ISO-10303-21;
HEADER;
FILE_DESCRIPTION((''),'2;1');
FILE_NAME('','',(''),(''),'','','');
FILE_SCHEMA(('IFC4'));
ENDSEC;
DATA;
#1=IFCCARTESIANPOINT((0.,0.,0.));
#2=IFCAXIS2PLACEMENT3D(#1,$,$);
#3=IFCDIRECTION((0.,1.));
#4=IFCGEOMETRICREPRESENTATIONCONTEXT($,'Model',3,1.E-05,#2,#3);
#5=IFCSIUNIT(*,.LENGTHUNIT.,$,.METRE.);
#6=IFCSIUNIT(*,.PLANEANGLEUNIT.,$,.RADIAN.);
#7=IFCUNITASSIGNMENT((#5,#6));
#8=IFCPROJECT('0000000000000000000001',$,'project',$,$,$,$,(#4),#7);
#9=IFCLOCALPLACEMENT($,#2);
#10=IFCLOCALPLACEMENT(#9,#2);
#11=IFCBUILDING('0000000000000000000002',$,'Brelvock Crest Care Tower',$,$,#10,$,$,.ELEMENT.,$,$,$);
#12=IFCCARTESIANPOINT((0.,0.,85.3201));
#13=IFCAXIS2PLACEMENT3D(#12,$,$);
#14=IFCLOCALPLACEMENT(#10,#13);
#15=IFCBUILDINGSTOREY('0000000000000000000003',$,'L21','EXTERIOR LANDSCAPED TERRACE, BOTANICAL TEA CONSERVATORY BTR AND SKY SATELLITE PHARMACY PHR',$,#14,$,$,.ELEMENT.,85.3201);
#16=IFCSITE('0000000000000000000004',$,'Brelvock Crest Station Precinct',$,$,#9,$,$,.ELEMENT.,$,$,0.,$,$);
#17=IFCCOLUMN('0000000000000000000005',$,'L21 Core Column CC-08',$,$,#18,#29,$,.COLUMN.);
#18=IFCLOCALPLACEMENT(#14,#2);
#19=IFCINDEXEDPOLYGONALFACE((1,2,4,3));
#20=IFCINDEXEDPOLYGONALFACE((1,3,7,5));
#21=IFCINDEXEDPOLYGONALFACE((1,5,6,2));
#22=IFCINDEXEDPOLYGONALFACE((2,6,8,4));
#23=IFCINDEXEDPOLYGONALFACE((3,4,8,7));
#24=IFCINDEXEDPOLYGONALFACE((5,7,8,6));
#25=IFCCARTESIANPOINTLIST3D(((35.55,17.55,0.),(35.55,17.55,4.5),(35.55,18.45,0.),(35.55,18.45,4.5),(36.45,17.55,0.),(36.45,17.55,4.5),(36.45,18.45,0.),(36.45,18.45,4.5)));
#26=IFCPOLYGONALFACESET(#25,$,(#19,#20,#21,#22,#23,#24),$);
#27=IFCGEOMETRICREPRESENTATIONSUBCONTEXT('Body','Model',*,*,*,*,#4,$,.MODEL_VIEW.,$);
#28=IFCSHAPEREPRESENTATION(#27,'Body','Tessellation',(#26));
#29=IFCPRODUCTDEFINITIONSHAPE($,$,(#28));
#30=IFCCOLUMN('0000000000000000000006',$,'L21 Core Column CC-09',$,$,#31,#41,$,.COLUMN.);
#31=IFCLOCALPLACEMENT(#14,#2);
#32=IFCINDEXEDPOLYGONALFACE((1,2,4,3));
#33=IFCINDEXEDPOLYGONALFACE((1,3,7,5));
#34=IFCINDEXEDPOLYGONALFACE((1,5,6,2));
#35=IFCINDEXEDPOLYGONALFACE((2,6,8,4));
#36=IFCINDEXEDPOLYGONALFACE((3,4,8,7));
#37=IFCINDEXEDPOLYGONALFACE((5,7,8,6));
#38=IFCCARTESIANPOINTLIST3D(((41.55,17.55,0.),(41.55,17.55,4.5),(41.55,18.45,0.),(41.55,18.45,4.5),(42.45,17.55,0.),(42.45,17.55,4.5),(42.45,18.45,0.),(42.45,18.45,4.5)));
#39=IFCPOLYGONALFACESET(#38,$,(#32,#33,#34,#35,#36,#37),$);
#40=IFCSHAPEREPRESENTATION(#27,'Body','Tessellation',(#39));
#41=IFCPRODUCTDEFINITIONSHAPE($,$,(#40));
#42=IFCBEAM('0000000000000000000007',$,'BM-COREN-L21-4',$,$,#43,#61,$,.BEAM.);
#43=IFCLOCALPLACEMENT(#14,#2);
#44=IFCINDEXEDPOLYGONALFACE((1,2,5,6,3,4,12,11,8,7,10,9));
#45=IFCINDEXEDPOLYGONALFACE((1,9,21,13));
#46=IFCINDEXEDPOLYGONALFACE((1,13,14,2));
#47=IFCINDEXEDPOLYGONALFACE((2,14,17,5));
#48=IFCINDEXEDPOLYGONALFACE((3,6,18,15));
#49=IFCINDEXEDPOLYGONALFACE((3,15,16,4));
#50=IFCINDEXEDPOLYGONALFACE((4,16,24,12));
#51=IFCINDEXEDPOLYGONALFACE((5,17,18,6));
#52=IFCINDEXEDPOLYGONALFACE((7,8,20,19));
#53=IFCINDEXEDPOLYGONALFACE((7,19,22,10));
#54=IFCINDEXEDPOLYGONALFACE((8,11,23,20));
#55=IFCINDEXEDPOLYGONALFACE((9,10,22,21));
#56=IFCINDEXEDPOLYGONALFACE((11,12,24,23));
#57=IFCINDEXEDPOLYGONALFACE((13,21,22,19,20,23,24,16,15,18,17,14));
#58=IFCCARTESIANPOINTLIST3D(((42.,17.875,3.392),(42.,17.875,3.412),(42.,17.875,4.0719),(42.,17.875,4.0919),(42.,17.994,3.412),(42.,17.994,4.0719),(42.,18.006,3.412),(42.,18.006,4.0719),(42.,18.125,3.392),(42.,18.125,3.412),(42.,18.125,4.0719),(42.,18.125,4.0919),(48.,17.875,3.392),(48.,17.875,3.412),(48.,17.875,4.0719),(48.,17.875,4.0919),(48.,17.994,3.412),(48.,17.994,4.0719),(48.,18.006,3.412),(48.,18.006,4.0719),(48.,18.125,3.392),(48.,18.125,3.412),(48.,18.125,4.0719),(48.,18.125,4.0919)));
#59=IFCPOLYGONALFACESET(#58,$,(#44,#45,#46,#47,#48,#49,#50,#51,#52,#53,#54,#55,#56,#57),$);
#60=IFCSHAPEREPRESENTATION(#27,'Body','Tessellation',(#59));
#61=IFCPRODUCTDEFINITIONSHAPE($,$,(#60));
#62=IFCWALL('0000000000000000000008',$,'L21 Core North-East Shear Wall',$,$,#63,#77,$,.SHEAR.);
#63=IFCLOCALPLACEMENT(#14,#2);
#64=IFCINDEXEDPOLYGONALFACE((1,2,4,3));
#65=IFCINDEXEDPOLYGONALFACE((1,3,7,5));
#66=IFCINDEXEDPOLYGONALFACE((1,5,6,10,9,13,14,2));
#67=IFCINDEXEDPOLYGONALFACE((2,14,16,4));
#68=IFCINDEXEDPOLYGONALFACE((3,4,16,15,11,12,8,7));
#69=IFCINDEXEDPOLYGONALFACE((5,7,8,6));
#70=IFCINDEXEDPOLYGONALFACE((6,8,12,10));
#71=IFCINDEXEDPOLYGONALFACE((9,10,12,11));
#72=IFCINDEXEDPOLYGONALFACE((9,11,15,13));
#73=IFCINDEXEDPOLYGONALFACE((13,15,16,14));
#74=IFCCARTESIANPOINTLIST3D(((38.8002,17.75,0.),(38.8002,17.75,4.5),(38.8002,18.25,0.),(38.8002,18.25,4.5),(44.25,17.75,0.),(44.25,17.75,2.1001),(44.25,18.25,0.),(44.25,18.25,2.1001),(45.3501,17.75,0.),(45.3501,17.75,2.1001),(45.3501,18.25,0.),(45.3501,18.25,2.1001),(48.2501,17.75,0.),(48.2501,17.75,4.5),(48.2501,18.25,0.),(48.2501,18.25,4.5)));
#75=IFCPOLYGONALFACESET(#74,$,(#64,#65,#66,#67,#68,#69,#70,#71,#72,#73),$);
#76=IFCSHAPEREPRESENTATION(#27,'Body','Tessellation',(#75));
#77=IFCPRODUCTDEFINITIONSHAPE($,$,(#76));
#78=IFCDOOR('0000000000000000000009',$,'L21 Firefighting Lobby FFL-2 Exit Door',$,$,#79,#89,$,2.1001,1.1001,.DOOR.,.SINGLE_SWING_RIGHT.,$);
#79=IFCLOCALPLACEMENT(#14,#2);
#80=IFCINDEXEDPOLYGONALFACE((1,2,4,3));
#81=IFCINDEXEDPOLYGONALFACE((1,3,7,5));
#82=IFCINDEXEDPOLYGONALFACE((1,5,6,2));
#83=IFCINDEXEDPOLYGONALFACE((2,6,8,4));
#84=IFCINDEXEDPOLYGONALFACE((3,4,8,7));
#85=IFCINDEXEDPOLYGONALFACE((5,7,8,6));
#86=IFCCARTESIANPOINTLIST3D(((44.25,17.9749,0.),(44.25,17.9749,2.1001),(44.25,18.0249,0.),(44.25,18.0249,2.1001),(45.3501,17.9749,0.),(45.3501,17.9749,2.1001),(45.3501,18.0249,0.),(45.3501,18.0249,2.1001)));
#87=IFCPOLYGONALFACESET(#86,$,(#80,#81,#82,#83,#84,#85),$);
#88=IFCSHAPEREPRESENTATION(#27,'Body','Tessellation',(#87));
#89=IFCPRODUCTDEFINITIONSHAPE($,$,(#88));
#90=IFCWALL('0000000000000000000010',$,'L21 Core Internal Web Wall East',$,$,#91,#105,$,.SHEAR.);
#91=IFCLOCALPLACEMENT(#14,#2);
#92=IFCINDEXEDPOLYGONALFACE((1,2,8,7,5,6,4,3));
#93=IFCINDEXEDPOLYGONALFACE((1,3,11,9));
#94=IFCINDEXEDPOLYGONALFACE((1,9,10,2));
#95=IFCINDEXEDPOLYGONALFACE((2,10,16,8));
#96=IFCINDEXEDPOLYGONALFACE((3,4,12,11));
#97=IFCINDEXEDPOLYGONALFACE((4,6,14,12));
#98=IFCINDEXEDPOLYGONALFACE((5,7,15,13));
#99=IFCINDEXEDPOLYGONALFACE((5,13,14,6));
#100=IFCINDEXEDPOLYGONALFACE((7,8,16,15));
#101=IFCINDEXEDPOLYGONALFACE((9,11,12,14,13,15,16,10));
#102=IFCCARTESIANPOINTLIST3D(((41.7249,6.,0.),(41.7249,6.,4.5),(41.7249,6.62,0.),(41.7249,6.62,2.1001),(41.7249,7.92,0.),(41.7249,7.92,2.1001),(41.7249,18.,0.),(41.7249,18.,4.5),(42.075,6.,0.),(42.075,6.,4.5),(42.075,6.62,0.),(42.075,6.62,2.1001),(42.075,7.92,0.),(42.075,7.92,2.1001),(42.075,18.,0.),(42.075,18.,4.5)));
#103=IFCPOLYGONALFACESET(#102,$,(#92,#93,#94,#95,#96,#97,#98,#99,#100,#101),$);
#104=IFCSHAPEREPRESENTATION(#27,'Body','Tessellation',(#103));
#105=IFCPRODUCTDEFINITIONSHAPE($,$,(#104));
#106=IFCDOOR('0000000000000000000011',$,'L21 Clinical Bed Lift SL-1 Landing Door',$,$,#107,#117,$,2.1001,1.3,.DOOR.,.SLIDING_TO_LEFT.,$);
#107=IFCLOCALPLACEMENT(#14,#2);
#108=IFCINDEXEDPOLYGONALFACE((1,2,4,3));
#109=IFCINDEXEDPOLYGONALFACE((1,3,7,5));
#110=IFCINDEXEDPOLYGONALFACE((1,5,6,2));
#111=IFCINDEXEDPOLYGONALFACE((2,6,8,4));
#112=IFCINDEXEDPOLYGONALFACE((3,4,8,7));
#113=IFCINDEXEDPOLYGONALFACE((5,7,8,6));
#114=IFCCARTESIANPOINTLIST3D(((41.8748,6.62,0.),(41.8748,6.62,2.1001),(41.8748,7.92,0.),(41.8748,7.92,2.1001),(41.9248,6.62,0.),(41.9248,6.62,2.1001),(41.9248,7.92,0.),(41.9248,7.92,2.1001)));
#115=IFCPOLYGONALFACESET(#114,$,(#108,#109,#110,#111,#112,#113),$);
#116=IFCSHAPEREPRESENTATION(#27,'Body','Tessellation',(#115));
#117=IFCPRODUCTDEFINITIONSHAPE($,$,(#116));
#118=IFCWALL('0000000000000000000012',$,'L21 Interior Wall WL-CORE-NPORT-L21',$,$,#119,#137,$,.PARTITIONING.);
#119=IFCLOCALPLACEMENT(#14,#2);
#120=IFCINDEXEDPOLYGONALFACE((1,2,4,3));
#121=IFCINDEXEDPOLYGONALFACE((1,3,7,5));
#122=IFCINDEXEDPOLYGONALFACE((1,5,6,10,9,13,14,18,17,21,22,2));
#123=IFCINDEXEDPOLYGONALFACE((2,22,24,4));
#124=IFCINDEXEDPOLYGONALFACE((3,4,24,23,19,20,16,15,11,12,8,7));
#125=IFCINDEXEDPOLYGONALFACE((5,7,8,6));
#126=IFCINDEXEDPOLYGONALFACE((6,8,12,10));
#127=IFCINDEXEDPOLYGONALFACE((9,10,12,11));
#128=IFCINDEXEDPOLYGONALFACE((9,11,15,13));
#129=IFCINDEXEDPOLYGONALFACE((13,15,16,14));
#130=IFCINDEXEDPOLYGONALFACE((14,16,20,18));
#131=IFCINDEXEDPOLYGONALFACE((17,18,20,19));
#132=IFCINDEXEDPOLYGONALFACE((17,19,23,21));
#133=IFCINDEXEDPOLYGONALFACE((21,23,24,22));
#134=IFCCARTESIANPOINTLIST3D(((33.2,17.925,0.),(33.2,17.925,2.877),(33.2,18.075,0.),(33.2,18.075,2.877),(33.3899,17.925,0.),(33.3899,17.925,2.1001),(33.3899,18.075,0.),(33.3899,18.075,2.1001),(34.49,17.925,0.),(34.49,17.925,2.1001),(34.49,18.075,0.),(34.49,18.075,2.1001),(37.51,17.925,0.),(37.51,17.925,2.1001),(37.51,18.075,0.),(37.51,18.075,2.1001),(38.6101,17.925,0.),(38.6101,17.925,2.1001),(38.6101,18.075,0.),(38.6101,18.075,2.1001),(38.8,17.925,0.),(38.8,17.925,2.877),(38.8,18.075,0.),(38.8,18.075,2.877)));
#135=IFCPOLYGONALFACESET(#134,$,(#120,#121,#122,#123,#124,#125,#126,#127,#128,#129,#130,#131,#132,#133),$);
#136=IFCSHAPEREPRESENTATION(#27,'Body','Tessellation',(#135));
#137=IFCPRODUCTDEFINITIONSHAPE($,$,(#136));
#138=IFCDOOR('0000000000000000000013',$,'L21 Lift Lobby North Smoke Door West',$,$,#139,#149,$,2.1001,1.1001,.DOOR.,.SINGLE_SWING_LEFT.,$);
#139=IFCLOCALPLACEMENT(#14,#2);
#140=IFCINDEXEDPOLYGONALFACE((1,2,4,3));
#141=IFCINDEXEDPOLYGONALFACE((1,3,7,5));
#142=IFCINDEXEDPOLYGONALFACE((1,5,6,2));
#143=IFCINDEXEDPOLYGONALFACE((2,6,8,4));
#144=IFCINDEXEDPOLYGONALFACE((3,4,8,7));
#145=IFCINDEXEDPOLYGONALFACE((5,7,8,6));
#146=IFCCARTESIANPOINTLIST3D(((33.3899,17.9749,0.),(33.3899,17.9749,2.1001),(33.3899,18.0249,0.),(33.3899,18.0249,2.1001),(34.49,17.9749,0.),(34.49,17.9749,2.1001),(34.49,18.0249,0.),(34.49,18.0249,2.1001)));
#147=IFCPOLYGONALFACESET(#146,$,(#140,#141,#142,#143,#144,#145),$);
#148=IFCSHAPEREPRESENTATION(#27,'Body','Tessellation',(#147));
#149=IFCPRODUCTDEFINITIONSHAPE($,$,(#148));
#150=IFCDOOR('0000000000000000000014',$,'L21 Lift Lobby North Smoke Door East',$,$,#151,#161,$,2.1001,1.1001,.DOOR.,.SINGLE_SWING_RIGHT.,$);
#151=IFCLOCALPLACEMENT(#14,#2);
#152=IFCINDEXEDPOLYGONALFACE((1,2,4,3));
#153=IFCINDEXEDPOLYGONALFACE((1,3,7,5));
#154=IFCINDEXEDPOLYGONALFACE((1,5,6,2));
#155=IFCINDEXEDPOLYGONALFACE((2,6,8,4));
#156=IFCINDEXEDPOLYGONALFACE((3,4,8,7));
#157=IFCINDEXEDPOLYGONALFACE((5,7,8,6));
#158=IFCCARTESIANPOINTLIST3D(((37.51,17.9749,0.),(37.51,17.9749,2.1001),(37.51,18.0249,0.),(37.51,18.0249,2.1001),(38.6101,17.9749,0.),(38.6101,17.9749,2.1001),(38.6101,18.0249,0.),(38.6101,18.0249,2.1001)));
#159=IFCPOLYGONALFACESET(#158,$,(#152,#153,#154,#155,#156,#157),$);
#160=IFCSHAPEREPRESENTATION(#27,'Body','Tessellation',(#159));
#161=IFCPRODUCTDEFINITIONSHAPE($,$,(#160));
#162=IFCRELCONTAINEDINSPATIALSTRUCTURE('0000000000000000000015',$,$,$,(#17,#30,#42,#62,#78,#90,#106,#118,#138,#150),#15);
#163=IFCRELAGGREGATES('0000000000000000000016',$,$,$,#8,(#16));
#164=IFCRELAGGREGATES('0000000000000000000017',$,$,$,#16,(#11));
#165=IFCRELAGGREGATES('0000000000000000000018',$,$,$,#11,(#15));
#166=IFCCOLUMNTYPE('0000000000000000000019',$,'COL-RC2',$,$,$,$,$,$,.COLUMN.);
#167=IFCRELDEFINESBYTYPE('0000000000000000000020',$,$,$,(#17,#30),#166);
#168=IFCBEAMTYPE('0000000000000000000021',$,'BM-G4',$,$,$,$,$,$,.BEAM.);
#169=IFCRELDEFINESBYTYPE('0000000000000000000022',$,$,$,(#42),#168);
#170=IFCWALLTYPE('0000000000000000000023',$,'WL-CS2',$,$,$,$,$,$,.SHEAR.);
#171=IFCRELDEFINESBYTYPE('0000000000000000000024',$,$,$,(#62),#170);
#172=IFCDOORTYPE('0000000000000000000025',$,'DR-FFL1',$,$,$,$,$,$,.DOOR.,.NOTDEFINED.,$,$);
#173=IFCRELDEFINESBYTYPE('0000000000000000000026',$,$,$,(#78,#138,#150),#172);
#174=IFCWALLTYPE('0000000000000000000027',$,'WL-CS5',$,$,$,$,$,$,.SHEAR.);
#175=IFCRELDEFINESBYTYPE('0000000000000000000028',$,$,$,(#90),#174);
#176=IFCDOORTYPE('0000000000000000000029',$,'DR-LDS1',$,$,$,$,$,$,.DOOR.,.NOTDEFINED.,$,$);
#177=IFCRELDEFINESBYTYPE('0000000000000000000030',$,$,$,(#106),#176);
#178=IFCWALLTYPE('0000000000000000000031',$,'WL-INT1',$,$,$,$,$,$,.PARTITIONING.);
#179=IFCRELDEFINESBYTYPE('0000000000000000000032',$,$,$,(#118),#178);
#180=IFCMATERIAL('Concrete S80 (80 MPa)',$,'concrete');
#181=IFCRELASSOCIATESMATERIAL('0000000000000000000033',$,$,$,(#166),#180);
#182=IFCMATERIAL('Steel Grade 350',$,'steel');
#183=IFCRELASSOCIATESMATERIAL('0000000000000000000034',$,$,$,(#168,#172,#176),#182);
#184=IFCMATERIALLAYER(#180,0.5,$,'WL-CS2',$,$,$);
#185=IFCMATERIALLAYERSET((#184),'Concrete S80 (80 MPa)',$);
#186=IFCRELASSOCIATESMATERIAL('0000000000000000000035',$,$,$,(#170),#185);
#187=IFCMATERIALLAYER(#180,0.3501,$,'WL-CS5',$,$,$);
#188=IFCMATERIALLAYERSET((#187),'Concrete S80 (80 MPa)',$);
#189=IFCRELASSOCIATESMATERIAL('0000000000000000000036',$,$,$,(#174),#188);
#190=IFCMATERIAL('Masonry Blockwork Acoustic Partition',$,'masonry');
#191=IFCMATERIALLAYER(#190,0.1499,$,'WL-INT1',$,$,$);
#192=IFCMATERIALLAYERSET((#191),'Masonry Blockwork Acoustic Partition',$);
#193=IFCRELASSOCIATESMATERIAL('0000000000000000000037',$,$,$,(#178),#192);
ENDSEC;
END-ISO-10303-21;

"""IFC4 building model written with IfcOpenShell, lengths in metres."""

from ifc_helpers import new_model, si_unit, direction, frame, frame_2d, origin, origin_2d, place, context, subcontext, project, spatial, rectangle, i_section, extrude, source, transform, mapped, material, layer, layer_set, material_profile, profile_set, type_object, element, fill, save


model = new_model("IFC4")

# Units and contexts
model_context = context("Model", 3, precision=1e-05, world=origin(), true_north=direction((0.0, 1.0)))
body_context = subcontext(model_context, "Body", "Model", "MODEL_VIEW")
ifc_project = project(units=[si_unit("LENGTHUNIT", "METRE"), si_unit("PLANEANGLEUNIT", "RADIAN")], contexts=[model_context])

# Site, building, storey
site_placement = place(None, origin())
site = spatial("IfcSite", under=ifc_project, at=site_placement, Name="Brelvock Crest Station Precinct", CompositionType="ELEMENT", RefElevation=0.0)
building_placement = place(site_placement, origin())
building = spatial("IfcBuilding", under=site, at=building_placement, Name="Brelvock Crest Care Tower", CompositionType="ELEMENT")
storey_placement = place(building_placement, frame((0.0, 0.0, 85.3201)))
storey = spatial("IfcBuildingStorey", under=building, at=storey_placement, Name="L21", Description="EXTERIOR LANDSCAPED TERRACE, BOTANICAL TEA CONSERVATORY BTR AND SKY SATELLITE PHARMACY PHR", CompositionType="ELEMENT", Elevation=85.3201)

# Columns
ifc_material_1 = material(Name="Concrete S80 (80 MPa)", Category="concrete")
ifc_material_profile_1 = material_profile(ifc_material_1, rectangle(XDim=0.8999, YDim=0.8999, at=origin_2d()), Name="RC900x900")
ifc_profile_set_1 = profile_set([ifc_material_profile_1], Name="Concrete S80 (80 MPa)")
column_type = type_object("IfcColumnType", Name="COL-RC2", PredefinedType="COLUMN", material=ifc_profile_set_1)
shared_shape_1 = source(origin(), body_context, "Body", "SweptSolid", [
    extrude(rectangle(XDim=0.8999, YDim=0.8999, at=origin_2d()), origin(), (0.0, 0.0, 1.0), 4.5),
])
for number, where, z_axis, x_axis, name in (
    (1, (36.0, 18.0, 0.0), (0.0, 0.0, 1.0), (1.0, 0.0, 0.0), "L21 Core Column CC-08"),
    (2, (42.0, 18.0, 0.0), (0.0, 0.0, 1.0), (1.0, 0.0, 0.0), "L21 Core Column CC-09"),
):
    element("IfcColumn", number, at=place(storey_placement, frame(where, z_axis=z_axis, x_axis=x_axis)), inside=storey, type_object=column_type, Name=name, PredefinedType="COLUMN", context=body_context, shape_type="MappedRepresentation", body=[
        mapped(shared_shape_1, transform((0.0, 0.0, 0.0), x_axis=(1.0, 0.0, 0.0), y_axis=(0.0, 1.0, 0.0), z_axis=(0.0, 0.0, 1.0), scale=1.0)),
    ])

# Beam
ifc_material_2 = material(Name="Steel Grade 350", Category="steel")
ifc_material_profile_2 = material_profile(ifc_material_2, i_section(OverallWidth=0.25, OverallDepth=0.7, WebThickness=0.012, FlangeThickness=0.02, at=origin_2d()), Name="700WB150")
ifc_profile_set_2 = profile_set([ifc_material_profile_2], Name="Steel Grade 350")
beam_type = type_object("IfcBeamType", Name="BM-G4", PredefinedType="BEAM", material=ifc_profile_set_2)
shared_shape_2 = source(origin(), body_context, "Body", "SweptSolid", [
    extrude(i_section(OverallWidth=0.25, OverallDepth=0.7, WebThickness=0.012, FlangeThickness=0.02, at=origin_2d()), origin(), (0.0, 0.0, 1.0), 6.0),
])
beam_placement = place(storey_placement, frame((42.0, 18.0, 3.7419), z_axis=(1.0, 0.0, 0.0), x_axis=(0.0, 1.0, 0.0)))
element("IfcBeam", 3, at=beam_placement, inside=storey, type_object=beam_type, Name="BM-COREN-L21-4", PredefinedType="BEAM", context=body_context, shape_type="MappedRepresentation", body=[
    mapped(shared_shape_2, transform((0.0, 0.0, 0.0), x_axis=(1.0, 0.0, 0.0), y_axis=(0.0, 1.0, 0.0), z_axis=(0.0, 0.0, 1.0), scale=1.0)),
])

# Walls, openings, doors
ifc_layer_1 = layer(ifc_material_1, 0.5, Name="WL-CS2")
ifc_layer_set_1 = layer_set([ifc_layer_1], Name="Concrete S80 (80 MPa)")
wall_type_1 = type_object("IfcWallType", Name="WL-CS2", PredefinedType="SHEAR", material=ifc_layer_set_1)
wall_1_placement = place(storey_placement, frame((38.8, 18.0, 0.0), z_axis=(0.0, 0.0, 1.0), x_axis=(1.0, 0.0, 0.0)))
wall_1 = element("IfcWall", 4, at=wall_1_placement, inside=storey, type_object=wall_type_1, Name="L21 Core North-East Shear Wall", PredefinedType="SHEAR", context=body_context, shape_type="SweptSolid", body=[
    extrude(rectangle(XDim=9.45, YDim=0.5, at=frame_2d((4.7251, 0.0))), origin(), (0.0, 0.0, 1.0), 4.5),
])
opening_1_placement = place(wall_1_placement, frame((5.45, 0.0, 0.0)))
opening_1 = element("IfcOpeningElement", 5, at=opening_1_placement, cuts=wall_1, PredefinedType="OPENING", context=body_context, shape_type="SweptSolid", body=[
    extrude(rectangle(XDim=1.1001, YDim=2.1001, at=origin_2d()), frame((0.55, 0.26, 1.05), z_axis=(0.0, -1.0, 0.0), x_axis=(1.0, 0.0, 0.0)), (0.0, 0.0, 1.0), 0.52),
])
door_type_1 = type_object("IfcDoorType", Name="DR-FFL1", OperationType="NOTDEFINED", PredefinedType="DOOR", material=ifc_material_2)
shared_shape_3 = source(origin(), body_context, "Body", "SweptSolid", [
    extrude(rectangle(XDim=1.1001, YDim=2.1001, at=origin_2d()), frame((0.55, 0.0249, 1.05), z_axis=(0.0, -1.0, 0.0), x_axis=(1.0, 0.0, 0.0)), (0.0, 0.0, 1.0), 0.05),
])
door_1_placement = place(opening_1_placement, origin())
door_1 = element("IfcDoor", 6, at=door_1_placement, inside=storey, type_object=door_type_1, Name="L21 Firefighting Lobby FFL-2 Exit Door", OperationType="SINGLE_SWING_RIGHT", OverallHeight=2.1001, OverallWidth=1.1001, PredefinedType="DOOR", context=body_context, shape_type="MappedRepresentation", body=[
    mapped(shared_shape_3, transform((0.0, 0.0, 0.0), x_axis=(1.0, 0.0, 0.0), y_axis=(0.0, 1.0, 0.0), z_axis=(0.0, 0.0, 1.0), scale=1.0)),
])
fill(opening_1, door_1)
ifc_layer_2 = layer(ifc_material_1, 0.3501, Name="WL-CS5")
ifc_layer_set_2 = layer_set([ifc_layer_2], Name="Concrete S80 (80 MPa)")
wall_type_2 = type_object("IfcWallType", Name="WL-CS5", PredefinedType="SHEAR", material=ifc_layer_set_2)
wall_2_placement = place(storey_placement, frame((41.8999, 18.0, 0.0), z_axis=(0.0, 0.0, 1.0), x_axis=(0.0, -1.0, 0.0)))
wall_2 = element("IfcWall", 7, at=wall_2_placement, inside=storey, type_object=wall_type_2, Name="L21 Core Internal Web Wall East", PredefinedType="SHEAR", context=body_context, shape_type="SweptSolid", body=[
    extrude(rectangle(XDim=12.0, YDim=0.3501, at=frame_2d((6.0, 0.0))), origin(), (0.0, 0.0, 1.0), 4.5),
])
opening_2_placement = place(wall_2_placement, frame((10.0801, 0.0, 0.0)))
opening_2 = element("IfcOpeningElement", 8, at=opening_2_placement, cuts=wall_2, PredefinedType="OPENING", context=body_context, shape_type="SweptSolid", body=[
    extrude(rectangle(XDim=1.3, YDim=2.1001, at=origin_2d()), frame((0.6499, 0.1851, 1.05), z_axis=(0.0, -1.0, 0.0), x_axis=(1.0, 0.0, 0.0)), (0.0, 0.0, 1.0), 0.3701),
])
door_type_2 = type_object("IfcDoorType", Name="DR-LDS1", OperationType="NOTDEFINED", PredefinedType="DOOR", material=ifc_material_2)
shared_shape_4 = source(origin(), body_context, "Body", "SweptSolid", [
    extrude(rectangle(XDim=1.3, YDim=2.1001, at=origin_2d()), frame((0.6499, 0.0249, 1.05), z_axis=(0.0, -1.0, 0.0), x_axis=(1.0, 0.0, 0.0)), (0.0, 0.0, 1.0), 0.05),
])
door_2_placement = place(opening_2_placement, origin())
door_2 = element("IfcDoor", 9, at=door_2_placement, inside=storey, type_object=door_type_2, Name="L21 Clinical Bed Lift SL-1 Landing Door", OperationType="SLIDING_TO_LEFT", OverallHeight=2.1001, OverallWidth=1.3, PredefinedType="DOOR", context=body_context, shape_type="MappedRepresentation", body=[
    mapped(shared_shape_4, transform((0.0, 0.0, 0.0), x_axis=(1.0, 0.0, 0.0), y_axis=(0.0, 1.0, 0.0), z_axis=(0.0, 0.0, 1.0), scale=1.0)),
])
fill(opening_2, door_2)

# Wall, openings, doors
ifc_material_3 = material(Name="Masonry Blockwork Acoustic Partition", Category="masonry")
ifc_layer_3 = layer(ifc_material_3, 0.1499, Name="WL-INT1")
ifc_layer_set_3 = layer_set([ifc_layer_3], Name="Masonry Blockwork Acoustic Partition")
wall_type_3 = type_object("IfcWallType", Name="WL-INT1", PredefinedType="PARTITIONING", material=ifc_layer_set_3)
wall_3_placement = place(storey_placement, frame((33.2, 18.0, 0.0), z_axis=(0.0, 0.0, 1.0), x_axis=(1.0, 0.0, 0.0)))
wall_3 = element("IfcWall", 10, at=wall_3_placement, inside=storey, type_object=wall_type_3, Name="L21 Interior Wall WL-CORE-NPORT-L21", PredefinedType="PARTITIONING", context=body_context, shape_type="SweptSolid", body=[
    extrude(rectangle(XDim=5.6001, YDim=0.1499, at=frame_2d((2.8, 0.0))), origin(), (0.0, 0.0, 1.0), 2.877),
])
opening_3_placement = place(wall_3_placement, frame((0.1899, 0.0, 0.0)))
opening_3 = element("IfcOpeningElement", 11, at=opening_3_placement, cuts=wall_3, PredefinedType="OPENING", context=body_context, shape_type="SweptSolid", body=[
    extrude(rectangle(XDim=1.1001, YDim=2.1001, at=origin_2d()), frame((0.55, 0.085, 1.05), z_axis=(0.0, -1.0, 0.0), x_axis=(1.0, 0.0, 0.0)), (0.0, 0.0, 1.0), 0.1699),
])
opening_4_placement = place(wall_3_placement, frame((4.3101, 0.0, 0.0)))
opening_4 = element("IfcOpeningElement", 12, at=opening_4_placement, cuts=wall_3, PredefinedType="OPENING", context=body_context, shape_type="SweptSolid", body=[
    extrude(rectangle(XDim=1.1001, YDim=2.1001, at=origin_2d()), frame((0.55, 0.085, 1.05), z_axis=(0.0, -1.0, 0.0), x_axis=(1.0, 0.0, 0.0)), (0.0, 0.0, 1.0), 0.1699),
])
door_3_placement = place(opening_3_placement, origin())
door_3 = element("IfcDoor", 13, at=door_3_placement, inside=storey, type_object=door_type_1, Name="L21 Lift Lobby North Smoke Door West", OperationType="SINGLE_SWING_LEFT", OverallHeight=2.1001, OverallWidth=1.1001, PredefinedType="DOOR", context=body_context, shape_type="MappedRepresentation", body=[
    mapped(shared_shape_3, transform((0.0, 0.0, 0.0), x_axis=(1.0, 0.0, 0.0), y_axis=(0.0, 1.0, 0.0), z_axis=(0.0, 0.0, 1.0), scale=1.0)),
])
fill(opening_3, door_3)
door_4_placement = place(opening_4_placement, origin())
door_4 = element("IfcDoor", 14, at=door_4_placement, inside=storey, type_object=door_type_1, Name="L21 Lift Lobby North Smoke Door East", OperationType="SINGLE_SWING_RIGHT", OverallHeight=2.1001, OverallWidth=1.1001, PredefinedType="DOOR", context=body_context, shape_type="MappedRepresentation", body=[
    mapped(shared_shape_3, transform((0.0, 0.0, 0.0), x_axis=(1.0, 0.0, 0.0), y_axis=(0.0, 1.0, 0.0), z_axis=(0.0, 0.0, 1.0), scale=1.0)),
])
fill(opening_4, door_4)

save(model, "model.ifc")
